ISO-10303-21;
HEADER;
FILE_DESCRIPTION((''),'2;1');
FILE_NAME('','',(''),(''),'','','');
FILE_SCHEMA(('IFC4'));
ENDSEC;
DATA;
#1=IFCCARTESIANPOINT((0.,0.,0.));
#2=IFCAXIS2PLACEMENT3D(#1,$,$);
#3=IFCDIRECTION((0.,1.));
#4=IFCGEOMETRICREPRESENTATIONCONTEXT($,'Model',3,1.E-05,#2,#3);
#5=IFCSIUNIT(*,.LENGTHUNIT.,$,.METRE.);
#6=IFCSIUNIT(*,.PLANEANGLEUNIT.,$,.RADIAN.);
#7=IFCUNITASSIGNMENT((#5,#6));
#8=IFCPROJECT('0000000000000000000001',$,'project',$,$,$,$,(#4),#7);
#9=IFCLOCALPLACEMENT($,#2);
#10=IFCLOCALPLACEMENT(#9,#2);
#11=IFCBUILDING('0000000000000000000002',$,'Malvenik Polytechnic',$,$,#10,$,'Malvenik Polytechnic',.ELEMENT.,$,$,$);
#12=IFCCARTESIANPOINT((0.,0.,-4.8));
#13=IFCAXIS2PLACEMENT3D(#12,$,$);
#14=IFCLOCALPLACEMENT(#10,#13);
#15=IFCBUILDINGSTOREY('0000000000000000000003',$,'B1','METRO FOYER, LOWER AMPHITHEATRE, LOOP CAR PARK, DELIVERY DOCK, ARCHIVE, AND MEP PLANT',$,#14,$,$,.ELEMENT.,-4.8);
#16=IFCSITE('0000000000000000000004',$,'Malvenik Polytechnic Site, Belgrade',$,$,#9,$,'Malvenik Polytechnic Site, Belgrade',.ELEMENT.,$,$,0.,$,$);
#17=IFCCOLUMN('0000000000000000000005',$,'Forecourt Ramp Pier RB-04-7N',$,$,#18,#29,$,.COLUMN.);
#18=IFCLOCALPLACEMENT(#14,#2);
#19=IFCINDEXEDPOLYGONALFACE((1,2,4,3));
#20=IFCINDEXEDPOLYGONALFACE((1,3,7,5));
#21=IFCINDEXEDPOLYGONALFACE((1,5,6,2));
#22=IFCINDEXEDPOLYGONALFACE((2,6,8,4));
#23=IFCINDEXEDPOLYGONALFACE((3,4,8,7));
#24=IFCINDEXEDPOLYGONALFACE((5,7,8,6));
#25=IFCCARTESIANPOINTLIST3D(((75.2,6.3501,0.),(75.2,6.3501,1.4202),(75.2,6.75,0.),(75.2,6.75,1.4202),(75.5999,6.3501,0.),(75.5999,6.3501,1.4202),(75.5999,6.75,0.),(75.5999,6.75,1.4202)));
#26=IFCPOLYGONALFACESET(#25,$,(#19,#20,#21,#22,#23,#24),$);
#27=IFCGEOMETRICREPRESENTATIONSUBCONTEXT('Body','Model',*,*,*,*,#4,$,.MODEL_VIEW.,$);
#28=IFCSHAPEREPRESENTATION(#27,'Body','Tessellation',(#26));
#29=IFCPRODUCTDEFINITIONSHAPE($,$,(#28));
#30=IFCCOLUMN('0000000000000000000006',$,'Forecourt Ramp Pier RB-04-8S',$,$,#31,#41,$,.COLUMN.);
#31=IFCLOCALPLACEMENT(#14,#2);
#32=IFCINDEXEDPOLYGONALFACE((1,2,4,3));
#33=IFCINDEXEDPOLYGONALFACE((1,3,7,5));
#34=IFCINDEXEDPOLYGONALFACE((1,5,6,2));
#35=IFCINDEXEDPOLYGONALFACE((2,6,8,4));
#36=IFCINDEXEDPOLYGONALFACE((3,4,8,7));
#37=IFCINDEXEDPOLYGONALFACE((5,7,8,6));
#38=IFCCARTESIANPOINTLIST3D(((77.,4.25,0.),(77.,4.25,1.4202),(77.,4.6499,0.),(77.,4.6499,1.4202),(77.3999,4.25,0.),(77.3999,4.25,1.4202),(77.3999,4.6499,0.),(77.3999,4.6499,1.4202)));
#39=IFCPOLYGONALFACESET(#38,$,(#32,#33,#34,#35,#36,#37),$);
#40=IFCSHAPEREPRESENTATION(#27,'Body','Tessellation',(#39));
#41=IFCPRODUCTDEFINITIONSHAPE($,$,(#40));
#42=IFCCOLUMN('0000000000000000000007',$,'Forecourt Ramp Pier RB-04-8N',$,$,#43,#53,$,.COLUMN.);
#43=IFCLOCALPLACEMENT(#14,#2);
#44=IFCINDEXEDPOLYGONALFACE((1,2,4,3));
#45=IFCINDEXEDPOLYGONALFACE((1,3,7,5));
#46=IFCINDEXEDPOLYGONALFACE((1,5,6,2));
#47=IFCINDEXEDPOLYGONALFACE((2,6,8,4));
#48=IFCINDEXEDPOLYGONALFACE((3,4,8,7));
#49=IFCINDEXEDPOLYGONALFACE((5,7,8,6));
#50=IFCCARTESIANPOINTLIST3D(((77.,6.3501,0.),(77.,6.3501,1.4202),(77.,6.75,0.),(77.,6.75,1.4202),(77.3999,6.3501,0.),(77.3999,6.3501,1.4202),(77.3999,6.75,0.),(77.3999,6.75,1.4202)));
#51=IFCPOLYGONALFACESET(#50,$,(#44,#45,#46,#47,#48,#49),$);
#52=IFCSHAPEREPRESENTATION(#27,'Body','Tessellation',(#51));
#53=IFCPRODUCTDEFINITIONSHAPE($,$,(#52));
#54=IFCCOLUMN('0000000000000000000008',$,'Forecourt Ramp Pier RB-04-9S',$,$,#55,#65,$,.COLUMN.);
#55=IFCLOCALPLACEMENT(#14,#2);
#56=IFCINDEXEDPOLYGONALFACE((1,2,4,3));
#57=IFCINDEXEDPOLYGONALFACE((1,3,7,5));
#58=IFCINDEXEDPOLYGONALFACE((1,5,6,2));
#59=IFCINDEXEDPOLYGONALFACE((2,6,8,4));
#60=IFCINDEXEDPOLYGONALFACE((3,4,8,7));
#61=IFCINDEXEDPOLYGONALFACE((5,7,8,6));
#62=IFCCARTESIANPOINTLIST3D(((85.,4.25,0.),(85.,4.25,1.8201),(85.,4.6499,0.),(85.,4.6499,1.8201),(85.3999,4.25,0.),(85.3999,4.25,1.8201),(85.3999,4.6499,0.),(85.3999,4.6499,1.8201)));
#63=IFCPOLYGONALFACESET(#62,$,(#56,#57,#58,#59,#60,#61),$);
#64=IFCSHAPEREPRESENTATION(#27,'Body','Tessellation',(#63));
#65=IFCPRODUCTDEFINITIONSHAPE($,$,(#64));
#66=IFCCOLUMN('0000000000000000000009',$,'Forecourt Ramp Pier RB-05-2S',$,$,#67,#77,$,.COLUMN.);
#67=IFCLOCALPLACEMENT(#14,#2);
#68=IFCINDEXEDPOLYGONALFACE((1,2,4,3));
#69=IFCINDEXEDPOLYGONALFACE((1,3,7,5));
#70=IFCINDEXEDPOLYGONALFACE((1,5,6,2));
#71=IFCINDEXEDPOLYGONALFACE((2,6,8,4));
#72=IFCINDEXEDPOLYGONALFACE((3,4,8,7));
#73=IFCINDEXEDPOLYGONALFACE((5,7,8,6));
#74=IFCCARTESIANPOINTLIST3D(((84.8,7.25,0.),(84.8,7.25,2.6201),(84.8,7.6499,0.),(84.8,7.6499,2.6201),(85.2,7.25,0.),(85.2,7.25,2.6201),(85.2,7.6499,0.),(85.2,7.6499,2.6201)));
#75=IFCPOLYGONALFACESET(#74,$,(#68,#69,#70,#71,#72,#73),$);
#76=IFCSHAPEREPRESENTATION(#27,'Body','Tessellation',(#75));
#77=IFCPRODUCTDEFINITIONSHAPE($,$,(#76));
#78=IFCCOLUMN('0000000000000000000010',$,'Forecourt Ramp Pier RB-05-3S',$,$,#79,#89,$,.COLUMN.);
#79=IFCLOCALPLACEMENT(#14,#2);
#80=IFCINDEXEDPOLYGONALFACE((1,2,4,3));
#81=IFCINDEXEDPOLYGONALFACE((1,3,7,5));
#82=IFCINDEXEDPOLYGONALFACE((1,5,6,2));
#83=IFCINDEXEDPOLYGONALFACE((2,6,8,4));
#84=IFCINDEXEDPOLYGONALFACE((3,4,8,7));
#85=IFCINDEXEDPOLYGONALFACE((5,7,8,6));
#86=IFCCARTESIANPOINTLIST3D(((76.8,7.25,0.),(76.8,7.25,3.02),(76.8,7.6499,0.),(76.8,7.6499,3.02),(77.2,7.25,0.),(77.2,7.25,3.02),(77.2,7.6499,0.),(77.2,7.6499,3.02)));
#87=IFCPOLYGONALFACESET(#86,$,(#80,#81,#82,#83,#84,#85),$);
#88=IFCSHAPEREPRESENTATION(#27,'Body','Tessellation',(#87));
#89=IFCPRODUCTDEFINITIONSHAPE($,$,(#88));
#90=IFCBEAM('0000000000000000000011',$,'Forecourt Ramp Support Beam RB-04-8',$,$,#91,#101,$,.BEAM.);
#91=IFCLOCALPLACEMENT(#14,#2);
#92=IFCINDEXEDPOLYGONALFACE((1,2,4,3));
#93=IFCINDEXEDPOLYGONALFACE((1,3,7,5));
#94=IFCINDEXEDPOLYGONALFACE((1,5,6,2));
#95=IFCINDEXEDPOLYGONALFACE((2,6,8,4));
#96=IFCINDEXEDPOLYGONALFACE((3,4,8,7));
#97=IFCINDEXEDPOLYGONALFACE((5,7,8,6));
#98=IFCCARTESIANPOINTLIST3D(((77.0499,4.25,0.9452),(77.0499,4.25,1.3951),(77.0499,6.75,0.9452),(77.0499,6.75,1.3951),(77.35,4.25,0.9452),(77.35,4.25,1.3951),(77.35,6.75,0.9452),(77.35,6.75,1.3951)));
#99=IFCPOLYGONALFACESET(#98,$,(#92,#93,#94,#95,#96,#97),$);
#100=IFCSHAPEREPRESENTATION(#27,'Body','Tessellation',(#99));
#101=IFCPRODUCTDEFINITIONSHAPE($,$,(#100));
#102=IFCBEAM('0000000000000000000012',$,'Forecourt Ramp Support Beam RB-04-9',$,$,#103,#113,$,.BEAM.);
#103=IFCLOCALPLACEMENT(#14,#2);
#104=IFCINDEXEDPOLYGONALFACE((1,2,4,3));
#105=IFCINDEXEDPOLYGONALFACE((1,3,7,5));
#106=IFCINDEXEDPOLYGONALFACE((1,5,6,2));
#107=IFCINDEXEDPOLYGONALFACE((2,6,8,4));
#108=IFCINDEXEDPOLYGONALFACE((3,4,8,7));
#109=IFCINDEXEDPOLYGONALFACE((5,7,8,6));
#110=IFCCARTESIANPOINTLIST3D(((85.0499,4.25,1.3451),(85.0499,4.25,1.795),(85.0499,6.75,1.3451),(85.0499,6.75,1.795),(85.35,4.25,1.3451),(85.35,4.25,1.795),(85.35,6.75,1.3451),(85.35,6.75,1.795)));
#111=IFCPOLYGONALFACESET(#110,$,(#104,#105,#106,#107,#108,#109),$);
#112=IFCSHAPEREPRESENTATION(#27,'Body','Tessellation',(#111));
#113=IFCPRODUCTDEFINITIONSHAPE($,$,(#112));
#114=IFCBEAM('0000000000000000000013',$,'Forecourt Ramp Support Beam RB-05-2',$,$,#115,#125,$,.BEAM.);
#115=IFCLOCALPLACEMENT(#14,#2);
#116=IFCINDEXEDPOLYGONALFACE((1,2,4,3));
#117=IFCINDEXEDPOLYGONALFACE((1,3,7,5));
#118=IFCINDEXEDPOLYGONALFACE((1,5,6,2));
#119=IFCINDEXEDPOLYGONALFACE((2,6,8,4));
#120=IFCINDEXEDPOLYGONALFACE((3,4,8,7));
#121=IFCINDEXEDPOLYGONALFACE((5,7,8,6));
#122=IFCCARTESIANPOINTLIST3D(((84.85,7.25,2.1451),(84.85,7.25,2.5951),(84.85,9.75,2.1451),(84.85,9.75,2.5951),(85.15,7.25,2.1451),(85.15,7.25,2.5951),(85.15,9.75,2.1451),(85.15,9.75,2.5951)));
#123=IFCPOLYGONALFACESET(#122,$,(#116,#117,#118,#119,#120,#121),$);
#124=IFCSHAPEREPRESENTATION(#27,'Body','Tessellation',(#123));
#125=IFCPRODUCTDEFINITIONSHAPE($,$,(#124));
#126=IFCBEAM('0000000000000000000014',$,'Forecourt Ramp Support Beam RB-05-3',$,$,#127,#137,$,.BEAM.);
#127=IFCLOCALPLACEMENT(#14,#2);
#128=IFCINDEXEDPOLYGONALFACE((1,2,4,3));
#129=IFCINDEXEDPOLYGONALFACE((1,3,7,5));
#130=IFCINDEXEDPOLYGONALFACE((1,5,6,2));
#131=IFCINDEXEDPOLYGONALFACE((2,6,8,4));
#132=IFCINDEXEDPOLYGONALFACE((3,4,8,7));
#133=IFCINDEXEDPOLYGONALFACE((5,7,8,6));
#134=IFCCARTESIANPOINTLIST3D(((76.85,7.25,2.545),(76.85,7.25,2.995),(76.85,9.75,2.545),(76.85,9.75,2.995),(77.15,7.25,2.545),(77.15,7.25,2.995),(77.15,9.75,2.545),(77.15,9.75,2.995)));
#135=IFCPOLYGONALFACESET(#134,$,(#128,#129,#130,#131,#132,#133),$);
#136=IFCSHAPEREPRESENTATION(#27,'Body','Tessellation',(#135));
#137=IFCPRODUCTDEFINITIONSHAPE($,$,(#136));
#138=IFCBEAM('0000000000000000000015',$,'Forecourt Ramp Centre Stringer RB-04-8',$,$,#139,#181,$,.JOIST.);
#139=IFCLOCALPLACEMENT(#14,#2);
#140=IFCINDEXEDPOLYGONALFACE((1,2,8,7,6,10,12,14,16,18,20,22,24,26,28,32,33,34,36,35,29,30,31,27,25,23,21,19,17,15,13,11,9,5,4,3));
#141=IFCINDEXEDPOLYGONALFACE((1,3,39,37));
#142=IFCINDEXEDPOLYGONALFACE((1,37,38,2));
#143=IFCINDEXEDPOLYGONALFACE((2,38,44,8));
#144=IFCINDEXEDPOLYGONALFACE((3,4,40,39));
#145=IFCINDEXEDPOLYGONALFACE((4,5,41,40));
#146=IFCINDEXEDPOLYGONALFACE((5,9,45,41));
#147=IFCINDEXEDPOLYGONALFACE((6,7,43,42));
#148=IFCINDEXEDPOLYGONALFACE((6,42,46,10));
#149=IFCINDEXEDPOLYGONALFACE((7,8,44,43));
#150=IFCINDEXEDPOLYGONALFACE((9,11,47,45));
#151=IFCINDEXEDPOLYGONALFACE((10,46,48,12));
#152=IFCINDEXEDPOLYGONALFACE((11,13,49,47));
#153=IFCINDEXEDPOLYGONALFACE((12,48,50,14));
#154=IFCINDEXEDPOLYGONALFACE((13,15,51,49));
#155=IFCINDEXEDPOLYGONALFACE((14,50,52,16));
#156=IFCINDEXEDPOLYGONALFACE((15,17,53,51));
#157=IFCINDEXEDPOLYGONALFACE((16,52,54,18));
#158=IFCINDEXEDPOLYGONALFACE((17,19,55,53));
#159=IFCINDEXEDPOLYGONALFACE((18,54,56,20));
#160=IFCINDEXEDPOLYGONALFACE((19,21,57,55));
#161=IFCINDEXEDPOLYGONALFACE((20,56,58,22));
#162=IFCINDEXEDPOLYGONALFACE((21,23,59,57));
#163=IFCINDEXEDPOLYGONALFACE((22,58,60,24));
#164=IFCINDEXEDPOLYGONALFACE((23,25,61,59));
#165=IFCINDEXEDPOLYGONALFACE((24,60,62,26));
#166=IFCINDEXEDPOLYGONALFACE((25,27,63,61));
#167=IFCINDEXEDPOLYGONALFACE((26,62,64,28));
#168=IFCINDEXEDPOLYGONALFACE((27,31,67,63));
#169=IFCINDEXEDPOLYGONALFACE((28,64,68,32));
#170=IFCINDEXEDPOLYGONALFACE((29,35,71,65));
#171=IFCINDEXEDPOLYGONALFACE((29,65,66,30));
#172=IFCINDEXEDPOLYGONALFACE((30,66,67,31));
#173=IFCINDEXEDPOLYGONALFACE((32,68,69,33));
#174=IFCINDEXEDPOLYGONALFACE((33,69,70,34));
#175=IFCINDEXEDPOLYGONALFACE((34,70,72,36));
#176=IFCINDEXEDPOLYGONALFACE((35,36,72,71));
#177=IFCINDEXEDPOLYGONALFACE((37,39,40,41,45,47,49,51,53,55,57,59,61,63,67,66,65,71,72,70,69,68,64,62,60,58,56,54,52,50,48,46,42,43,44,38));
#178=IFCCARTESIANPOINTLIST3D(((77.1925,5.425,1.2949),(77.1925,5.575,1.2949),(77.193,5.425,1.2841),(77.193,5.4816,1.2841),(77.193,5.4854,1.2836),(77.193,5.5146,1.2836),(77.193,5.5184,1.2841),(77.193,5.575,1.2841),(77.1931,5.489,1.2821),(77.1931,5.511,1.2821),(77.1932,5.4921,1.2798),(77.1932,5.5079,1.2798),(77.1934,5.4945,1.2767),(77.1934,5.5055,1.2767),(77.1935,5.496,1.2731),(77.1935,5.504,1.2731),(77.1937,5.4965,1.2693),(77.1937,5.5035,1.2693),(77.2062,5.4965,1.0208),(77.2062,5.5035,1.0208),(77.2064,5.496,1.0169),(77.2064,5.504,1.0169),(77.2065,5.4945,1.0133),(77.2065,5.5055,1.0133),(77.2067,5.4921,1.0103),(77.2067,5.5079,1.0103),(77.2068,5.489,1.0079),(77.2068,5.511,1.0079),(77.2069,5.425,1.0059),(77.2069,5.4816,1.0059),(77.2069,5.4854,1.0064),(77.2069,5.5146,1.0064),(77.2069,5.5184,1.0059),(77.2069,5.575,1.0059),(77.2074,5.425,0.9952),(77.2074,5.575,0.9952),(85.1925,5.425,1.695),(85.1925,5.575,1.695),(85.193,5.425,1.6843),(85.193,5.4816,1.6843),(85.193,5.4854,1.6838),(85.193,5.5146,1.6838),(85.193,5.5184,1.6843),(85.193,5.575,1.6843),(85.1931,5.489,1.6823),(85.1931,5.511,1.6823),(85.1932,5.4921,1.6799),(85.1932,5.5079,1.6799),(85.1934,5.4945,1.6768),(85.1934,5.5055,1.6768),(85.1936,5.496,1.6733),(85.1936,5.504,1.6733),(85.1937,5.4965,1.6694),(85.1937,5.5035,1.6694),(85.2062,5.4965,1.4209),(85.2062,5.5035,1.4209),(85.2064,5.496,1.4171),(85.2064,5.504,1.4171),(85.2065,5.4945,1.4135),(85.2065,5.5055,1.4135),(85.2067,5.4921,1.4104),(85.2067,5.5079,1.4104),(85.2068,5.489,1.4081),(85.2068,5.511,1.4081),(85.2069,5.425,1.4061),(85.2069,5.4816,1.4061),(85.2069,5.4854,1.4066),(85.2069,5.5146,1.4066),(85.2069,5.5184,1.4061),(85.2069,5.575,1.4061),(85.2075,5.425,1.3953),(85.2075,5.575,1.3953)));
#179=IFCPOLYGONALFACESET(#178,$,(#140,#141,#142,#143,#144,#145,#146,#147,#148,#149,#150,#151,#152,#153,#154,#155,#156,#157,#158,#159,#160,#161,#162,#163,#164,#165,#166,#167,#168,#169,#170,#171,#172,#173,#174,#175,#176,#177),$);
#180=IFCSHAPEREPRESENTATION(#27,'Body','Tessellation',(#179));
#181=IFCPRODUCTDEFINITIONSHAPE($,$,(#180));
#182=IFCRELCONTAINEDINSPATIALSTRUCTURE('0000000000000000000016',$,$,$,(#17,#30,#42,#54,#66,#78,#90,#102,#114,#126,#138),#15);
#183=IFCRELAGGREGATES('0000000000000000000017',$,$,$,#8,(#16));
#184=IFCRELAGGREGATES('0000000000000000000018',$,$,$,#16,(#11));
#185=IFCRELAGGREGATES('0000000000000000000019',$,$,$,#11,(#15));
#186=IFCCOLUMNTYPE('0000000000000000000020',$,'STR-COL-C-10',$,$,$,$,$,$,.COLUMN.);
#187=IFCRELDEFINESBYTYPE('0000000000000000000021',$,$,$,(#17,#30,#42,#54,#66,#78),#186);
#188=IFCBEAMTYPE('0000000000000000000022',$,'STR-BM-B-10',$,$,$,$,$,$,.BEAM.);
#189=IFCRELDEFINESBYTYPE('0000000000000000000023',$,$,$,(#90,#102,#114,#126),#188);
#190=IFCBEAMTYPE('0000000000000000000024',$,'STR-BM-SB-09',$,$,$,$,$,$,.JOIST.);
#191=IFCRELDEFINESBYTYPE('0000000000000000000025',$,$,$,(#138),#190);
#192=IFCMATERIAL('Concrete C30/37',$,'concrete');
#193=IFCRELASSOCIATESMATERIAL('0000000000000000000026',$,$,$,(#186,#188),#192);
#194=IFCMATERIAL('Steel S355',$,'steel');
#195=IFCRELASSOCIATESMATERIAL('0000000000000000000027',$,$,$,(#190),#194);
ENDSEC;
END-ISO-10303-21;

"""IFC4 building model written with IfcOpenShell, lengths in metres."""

from ifc_helpers import new_model, si_unit, direction, frame, origin, origin_2d, place, context, subcontext, project, spatial, rectangle, i_section, extrude, material, material_profile, profile_set, type_object, element, save


model = new_model("IFC4")

# Units and contexts
model_context = context("Model", 3, precision=1e-05, world=origin(), true_north=direction((0.0, 1.0)))
body_context = subcontext(model_context, "Body", "Model", "MODEL_VIEW")
ifc_project = project(units=[si_unit("LENGTHUNIT", "METRE"), si_unit("PLANEANGLEUNIT", "RADIAN")], contexts=[model_context])

# Site, building, storey
site_placement = place(None, origin())
site = spatial("IfcSite", under=ifc_project, at=site_placement, Name="Malvenik Polytechnic Site, Belgrade", LongName="Malvenik Polytechnic Site, Belgrade", CompositionType="ELEMENT", RefElevation=0.0)
building_placement = place(site_placement, origin())
building = spatial("IfcBuilding", under=site, at=building_placement, Name="Malvenik Polytechnic", LongName="Malvenik Polytechnic", CompositionType="ELEMENT")
storey_placement = place(building_placement, frame((0.0, 0.0, -4.8)))
storey = spatial("IfcBuildingStorey", under=building, at=storey_placement, Name="B1", Description="METRO FOYER, LOWER AMPHITHEATRE, LOOP CAR PARK, DELIVERY DOCK, ARCHIVE, AND MEP PLANT", CompositionType="ELEMENT", Elevation=-4.8)

# Columns
ifc_material_1 = material(Name="Concrete C30/37", Category="concrete")
ifc_material_profile_1 = material_profile(ifc_material_1, rectangle(XDim=0.3999, YDim=0.3999, at=origin_2d()), Name="RC COL 400x400")
ifc_profile_set_1 = profile_set([ifc_material_profile_1], Name="Concrete C30/37")
column_type = type_object("IfcColumnType", Name="STR-COL-C-10", PredefinedType="COLUMN", material=ifc_profile_set_1)
for number, where, z_axis, x_axis, name in (
    (1, (75.3999, 6.55, 0.0), (0.0, 0.0, 1.0), (1.0, 0.0, 0.0), "Forecourt Ramp Pier RB-04-7N"),
    (2, (77.2, 4.45, 0.0), (0.0, 0.0, 1.0), (1.0, 0.0, 0.0), "Forecourt Ramp Pier RB-04-8S"),
    (3, (77.2, 6.55, 0.0), (0.0, 0.0, 1.0), (1.0, 0.0, 0.0), "Forecourt Ramp Pier RB-04-8N"),
):
    element("IfcColumn", number, at=place(storey_placement, frame(where, z_axis=z_axis, x_axis=x_axis)), inside=storey, type_object=column_type, Name=name, PredefinedType="COLUMN", context=body_context, shape_type="SweptSolid", body=[
        extrude(rectangle(XDim=0.3999, YDim=0.3999, at=origin_2d()), origin(), (0.0, 0.0, 1.0), 1.4202),
    ])
column_1_placement = place(storey_placement, frame((85.2, 4.45, 0.0), z_axis=(0.0, 0.0, 1.0), x_axis=(1.0, 0.0, 0.0)))
element("IfcColumn", 4, at=column_1_placement, inside=storey, type_object=column_type, Name="Forecourt Ramp Pier RB-04-9S", PredefinedType="COLUMN", context=body_context, shape_type="SweptSolid", body=[
    extrude(rectangle(XDim=0.3999, YDim=0.3999, at=origin_2d()), origin(), (0.0, 0.0, 1.0), 1.8201),
])
column_2_placement = place(storey_placement, frame((85.0, 7.45, 0.0), z_axis=(0.0, 0.0, 1.0), x_axis=(1.0, 0.0, 0.0)))
element("IfcColumn", 5, at=column_2_placement, inside=storey, type_object=column_type, Name="Forecourt Ramp Pier RB-05-2S", PredefinedType="COLUMN", context=body_context, shape_type="SweptSolid", body=[
    extrude(rectangle(XDim=0.3999, YDim=0.3999, at=origin_2d()), origin(), (0.0, 0.0, 1.0), 2.6201),
])
column_3_placement = place(storey_placement, frame((77.0, 7.45, 0.0), z_axis=(0.0, 0.0, 1.0), x_axis=(1.0, 0.0, 0.0)))
element("IfcColumn", 6, at=column_3_placement, inside=storey, type_object=column_type, Name="Forecourt Ramp Pier RB-05-3S", PredefinedType="COLUMN", context=body_context, shape_type="SweptSolid", body=[
    extrude(rectangle(XDim=0.3999, YDim=0.3999, at=origin_2d()), origin(), (0.0, 0.0, 1.0), 3.02),
])

# Beams
ifc_material_profile_2 = material_profile(ifc_material_1, rectangle(XDim=0.3, YDim=0.45, at=origin_2d()), Name="RC BM 300x450")
ifc_profile_set_2 = profile_set([ifc_material_profile_2], Name="Concrete C30/37")
beam_type_1 = type_object("IfcBeamType", Name="STR-BM-B-10", PredefinedType="BEAM", material=ifc_profile_set_2)
for number, where, z_axis, x_axis, name in (
    (7, (77.2, 4.25, 1.1702), (0.0, 1.0, 0.0), (-1.0, 0.0, 0.0), "Forecourt Ramp Support Beam RB-04-8"),
    (8, (85.2, 4.25, 1.5701), (0.0, 1.0, 0.0), (-1.0, 0.0, 0.0), "Forecourt Ramp Support Beam RB-04-9"),
    (9, (85.0, 7.25, 2.3701), (0.0, 1.0, 0.0), (-1.0, 0.0, 0.0), "Forecourt Ramp Support Beam RB-05-2"),
    (10, (77.0, 7.25, 2.77), (0.0, 1.0, 0.0), (-1.0, 0.0, 0.0), "Forecourt Ramp Support Beam RB-05-3"),
):
    element("IfcBeam", number, at=place(storey_placement, frame(where, z_axis=z_axis, x_axis=x_axis)), inside=storey, type_object=beam_type_1, Name=name, PredefinedType="BEAM", context=body_context, shape_type="SweptSolid", body=[
        extrude(rectangle(XDim=0.3, YDim=0.45, at=origin_2d()), origin(), (0.0, 0.0, 1.0), 2.5),
    ])
ifc_material_2 = material(Name="Steel S355", Category="steel")
ifc_material_profile_3 = material_profile(ifc_material_2, i_section(OverallWidth=0.1499, OverallDepth=0.3, WebThickness=0.0071, FlangeThickness=0.0107, FilletRadius=0.0149, at=origin_2d()), Name="IPE 300")
ifc_profile_set_3 = profile_set([ifc_material_profile_3], Name="Steel S355")
beam_type_2 = type_object("IfcBeamType", Name="STR-BM-SB-09", PredefinedType="JOIST", material=ifc_profile_set_3)
for number, where, z_axis, x_axis, name in (
    (11, (77.2, 5.5, 1.145), (0.998751, 0.0, 0.049956), (0.0, 1.0, 0.0), "Forecourt Ramp Centre Stringer RB-04-8"),
):
    element("IfcBeam", number, at=place(storey_placement, frame(where, z_axis=z_axis, x_axis=x_axis)), inside=storey, type_object=beam_type_2, Name=name, PredefinedType="JOIST", context=body_context, shape_type="SweptSolid", body=[
        extrude(i_section(OverallWidth=0.1499, OverallDepth=0.3, WebThickness=0.0071, FlangeThickness=0.0107, FilletRadius=0.0149, at=origin_2d()), origin(), (0.0, 0.0, 1.0), 8.01),
    ])

save(model, "model.ifc")
